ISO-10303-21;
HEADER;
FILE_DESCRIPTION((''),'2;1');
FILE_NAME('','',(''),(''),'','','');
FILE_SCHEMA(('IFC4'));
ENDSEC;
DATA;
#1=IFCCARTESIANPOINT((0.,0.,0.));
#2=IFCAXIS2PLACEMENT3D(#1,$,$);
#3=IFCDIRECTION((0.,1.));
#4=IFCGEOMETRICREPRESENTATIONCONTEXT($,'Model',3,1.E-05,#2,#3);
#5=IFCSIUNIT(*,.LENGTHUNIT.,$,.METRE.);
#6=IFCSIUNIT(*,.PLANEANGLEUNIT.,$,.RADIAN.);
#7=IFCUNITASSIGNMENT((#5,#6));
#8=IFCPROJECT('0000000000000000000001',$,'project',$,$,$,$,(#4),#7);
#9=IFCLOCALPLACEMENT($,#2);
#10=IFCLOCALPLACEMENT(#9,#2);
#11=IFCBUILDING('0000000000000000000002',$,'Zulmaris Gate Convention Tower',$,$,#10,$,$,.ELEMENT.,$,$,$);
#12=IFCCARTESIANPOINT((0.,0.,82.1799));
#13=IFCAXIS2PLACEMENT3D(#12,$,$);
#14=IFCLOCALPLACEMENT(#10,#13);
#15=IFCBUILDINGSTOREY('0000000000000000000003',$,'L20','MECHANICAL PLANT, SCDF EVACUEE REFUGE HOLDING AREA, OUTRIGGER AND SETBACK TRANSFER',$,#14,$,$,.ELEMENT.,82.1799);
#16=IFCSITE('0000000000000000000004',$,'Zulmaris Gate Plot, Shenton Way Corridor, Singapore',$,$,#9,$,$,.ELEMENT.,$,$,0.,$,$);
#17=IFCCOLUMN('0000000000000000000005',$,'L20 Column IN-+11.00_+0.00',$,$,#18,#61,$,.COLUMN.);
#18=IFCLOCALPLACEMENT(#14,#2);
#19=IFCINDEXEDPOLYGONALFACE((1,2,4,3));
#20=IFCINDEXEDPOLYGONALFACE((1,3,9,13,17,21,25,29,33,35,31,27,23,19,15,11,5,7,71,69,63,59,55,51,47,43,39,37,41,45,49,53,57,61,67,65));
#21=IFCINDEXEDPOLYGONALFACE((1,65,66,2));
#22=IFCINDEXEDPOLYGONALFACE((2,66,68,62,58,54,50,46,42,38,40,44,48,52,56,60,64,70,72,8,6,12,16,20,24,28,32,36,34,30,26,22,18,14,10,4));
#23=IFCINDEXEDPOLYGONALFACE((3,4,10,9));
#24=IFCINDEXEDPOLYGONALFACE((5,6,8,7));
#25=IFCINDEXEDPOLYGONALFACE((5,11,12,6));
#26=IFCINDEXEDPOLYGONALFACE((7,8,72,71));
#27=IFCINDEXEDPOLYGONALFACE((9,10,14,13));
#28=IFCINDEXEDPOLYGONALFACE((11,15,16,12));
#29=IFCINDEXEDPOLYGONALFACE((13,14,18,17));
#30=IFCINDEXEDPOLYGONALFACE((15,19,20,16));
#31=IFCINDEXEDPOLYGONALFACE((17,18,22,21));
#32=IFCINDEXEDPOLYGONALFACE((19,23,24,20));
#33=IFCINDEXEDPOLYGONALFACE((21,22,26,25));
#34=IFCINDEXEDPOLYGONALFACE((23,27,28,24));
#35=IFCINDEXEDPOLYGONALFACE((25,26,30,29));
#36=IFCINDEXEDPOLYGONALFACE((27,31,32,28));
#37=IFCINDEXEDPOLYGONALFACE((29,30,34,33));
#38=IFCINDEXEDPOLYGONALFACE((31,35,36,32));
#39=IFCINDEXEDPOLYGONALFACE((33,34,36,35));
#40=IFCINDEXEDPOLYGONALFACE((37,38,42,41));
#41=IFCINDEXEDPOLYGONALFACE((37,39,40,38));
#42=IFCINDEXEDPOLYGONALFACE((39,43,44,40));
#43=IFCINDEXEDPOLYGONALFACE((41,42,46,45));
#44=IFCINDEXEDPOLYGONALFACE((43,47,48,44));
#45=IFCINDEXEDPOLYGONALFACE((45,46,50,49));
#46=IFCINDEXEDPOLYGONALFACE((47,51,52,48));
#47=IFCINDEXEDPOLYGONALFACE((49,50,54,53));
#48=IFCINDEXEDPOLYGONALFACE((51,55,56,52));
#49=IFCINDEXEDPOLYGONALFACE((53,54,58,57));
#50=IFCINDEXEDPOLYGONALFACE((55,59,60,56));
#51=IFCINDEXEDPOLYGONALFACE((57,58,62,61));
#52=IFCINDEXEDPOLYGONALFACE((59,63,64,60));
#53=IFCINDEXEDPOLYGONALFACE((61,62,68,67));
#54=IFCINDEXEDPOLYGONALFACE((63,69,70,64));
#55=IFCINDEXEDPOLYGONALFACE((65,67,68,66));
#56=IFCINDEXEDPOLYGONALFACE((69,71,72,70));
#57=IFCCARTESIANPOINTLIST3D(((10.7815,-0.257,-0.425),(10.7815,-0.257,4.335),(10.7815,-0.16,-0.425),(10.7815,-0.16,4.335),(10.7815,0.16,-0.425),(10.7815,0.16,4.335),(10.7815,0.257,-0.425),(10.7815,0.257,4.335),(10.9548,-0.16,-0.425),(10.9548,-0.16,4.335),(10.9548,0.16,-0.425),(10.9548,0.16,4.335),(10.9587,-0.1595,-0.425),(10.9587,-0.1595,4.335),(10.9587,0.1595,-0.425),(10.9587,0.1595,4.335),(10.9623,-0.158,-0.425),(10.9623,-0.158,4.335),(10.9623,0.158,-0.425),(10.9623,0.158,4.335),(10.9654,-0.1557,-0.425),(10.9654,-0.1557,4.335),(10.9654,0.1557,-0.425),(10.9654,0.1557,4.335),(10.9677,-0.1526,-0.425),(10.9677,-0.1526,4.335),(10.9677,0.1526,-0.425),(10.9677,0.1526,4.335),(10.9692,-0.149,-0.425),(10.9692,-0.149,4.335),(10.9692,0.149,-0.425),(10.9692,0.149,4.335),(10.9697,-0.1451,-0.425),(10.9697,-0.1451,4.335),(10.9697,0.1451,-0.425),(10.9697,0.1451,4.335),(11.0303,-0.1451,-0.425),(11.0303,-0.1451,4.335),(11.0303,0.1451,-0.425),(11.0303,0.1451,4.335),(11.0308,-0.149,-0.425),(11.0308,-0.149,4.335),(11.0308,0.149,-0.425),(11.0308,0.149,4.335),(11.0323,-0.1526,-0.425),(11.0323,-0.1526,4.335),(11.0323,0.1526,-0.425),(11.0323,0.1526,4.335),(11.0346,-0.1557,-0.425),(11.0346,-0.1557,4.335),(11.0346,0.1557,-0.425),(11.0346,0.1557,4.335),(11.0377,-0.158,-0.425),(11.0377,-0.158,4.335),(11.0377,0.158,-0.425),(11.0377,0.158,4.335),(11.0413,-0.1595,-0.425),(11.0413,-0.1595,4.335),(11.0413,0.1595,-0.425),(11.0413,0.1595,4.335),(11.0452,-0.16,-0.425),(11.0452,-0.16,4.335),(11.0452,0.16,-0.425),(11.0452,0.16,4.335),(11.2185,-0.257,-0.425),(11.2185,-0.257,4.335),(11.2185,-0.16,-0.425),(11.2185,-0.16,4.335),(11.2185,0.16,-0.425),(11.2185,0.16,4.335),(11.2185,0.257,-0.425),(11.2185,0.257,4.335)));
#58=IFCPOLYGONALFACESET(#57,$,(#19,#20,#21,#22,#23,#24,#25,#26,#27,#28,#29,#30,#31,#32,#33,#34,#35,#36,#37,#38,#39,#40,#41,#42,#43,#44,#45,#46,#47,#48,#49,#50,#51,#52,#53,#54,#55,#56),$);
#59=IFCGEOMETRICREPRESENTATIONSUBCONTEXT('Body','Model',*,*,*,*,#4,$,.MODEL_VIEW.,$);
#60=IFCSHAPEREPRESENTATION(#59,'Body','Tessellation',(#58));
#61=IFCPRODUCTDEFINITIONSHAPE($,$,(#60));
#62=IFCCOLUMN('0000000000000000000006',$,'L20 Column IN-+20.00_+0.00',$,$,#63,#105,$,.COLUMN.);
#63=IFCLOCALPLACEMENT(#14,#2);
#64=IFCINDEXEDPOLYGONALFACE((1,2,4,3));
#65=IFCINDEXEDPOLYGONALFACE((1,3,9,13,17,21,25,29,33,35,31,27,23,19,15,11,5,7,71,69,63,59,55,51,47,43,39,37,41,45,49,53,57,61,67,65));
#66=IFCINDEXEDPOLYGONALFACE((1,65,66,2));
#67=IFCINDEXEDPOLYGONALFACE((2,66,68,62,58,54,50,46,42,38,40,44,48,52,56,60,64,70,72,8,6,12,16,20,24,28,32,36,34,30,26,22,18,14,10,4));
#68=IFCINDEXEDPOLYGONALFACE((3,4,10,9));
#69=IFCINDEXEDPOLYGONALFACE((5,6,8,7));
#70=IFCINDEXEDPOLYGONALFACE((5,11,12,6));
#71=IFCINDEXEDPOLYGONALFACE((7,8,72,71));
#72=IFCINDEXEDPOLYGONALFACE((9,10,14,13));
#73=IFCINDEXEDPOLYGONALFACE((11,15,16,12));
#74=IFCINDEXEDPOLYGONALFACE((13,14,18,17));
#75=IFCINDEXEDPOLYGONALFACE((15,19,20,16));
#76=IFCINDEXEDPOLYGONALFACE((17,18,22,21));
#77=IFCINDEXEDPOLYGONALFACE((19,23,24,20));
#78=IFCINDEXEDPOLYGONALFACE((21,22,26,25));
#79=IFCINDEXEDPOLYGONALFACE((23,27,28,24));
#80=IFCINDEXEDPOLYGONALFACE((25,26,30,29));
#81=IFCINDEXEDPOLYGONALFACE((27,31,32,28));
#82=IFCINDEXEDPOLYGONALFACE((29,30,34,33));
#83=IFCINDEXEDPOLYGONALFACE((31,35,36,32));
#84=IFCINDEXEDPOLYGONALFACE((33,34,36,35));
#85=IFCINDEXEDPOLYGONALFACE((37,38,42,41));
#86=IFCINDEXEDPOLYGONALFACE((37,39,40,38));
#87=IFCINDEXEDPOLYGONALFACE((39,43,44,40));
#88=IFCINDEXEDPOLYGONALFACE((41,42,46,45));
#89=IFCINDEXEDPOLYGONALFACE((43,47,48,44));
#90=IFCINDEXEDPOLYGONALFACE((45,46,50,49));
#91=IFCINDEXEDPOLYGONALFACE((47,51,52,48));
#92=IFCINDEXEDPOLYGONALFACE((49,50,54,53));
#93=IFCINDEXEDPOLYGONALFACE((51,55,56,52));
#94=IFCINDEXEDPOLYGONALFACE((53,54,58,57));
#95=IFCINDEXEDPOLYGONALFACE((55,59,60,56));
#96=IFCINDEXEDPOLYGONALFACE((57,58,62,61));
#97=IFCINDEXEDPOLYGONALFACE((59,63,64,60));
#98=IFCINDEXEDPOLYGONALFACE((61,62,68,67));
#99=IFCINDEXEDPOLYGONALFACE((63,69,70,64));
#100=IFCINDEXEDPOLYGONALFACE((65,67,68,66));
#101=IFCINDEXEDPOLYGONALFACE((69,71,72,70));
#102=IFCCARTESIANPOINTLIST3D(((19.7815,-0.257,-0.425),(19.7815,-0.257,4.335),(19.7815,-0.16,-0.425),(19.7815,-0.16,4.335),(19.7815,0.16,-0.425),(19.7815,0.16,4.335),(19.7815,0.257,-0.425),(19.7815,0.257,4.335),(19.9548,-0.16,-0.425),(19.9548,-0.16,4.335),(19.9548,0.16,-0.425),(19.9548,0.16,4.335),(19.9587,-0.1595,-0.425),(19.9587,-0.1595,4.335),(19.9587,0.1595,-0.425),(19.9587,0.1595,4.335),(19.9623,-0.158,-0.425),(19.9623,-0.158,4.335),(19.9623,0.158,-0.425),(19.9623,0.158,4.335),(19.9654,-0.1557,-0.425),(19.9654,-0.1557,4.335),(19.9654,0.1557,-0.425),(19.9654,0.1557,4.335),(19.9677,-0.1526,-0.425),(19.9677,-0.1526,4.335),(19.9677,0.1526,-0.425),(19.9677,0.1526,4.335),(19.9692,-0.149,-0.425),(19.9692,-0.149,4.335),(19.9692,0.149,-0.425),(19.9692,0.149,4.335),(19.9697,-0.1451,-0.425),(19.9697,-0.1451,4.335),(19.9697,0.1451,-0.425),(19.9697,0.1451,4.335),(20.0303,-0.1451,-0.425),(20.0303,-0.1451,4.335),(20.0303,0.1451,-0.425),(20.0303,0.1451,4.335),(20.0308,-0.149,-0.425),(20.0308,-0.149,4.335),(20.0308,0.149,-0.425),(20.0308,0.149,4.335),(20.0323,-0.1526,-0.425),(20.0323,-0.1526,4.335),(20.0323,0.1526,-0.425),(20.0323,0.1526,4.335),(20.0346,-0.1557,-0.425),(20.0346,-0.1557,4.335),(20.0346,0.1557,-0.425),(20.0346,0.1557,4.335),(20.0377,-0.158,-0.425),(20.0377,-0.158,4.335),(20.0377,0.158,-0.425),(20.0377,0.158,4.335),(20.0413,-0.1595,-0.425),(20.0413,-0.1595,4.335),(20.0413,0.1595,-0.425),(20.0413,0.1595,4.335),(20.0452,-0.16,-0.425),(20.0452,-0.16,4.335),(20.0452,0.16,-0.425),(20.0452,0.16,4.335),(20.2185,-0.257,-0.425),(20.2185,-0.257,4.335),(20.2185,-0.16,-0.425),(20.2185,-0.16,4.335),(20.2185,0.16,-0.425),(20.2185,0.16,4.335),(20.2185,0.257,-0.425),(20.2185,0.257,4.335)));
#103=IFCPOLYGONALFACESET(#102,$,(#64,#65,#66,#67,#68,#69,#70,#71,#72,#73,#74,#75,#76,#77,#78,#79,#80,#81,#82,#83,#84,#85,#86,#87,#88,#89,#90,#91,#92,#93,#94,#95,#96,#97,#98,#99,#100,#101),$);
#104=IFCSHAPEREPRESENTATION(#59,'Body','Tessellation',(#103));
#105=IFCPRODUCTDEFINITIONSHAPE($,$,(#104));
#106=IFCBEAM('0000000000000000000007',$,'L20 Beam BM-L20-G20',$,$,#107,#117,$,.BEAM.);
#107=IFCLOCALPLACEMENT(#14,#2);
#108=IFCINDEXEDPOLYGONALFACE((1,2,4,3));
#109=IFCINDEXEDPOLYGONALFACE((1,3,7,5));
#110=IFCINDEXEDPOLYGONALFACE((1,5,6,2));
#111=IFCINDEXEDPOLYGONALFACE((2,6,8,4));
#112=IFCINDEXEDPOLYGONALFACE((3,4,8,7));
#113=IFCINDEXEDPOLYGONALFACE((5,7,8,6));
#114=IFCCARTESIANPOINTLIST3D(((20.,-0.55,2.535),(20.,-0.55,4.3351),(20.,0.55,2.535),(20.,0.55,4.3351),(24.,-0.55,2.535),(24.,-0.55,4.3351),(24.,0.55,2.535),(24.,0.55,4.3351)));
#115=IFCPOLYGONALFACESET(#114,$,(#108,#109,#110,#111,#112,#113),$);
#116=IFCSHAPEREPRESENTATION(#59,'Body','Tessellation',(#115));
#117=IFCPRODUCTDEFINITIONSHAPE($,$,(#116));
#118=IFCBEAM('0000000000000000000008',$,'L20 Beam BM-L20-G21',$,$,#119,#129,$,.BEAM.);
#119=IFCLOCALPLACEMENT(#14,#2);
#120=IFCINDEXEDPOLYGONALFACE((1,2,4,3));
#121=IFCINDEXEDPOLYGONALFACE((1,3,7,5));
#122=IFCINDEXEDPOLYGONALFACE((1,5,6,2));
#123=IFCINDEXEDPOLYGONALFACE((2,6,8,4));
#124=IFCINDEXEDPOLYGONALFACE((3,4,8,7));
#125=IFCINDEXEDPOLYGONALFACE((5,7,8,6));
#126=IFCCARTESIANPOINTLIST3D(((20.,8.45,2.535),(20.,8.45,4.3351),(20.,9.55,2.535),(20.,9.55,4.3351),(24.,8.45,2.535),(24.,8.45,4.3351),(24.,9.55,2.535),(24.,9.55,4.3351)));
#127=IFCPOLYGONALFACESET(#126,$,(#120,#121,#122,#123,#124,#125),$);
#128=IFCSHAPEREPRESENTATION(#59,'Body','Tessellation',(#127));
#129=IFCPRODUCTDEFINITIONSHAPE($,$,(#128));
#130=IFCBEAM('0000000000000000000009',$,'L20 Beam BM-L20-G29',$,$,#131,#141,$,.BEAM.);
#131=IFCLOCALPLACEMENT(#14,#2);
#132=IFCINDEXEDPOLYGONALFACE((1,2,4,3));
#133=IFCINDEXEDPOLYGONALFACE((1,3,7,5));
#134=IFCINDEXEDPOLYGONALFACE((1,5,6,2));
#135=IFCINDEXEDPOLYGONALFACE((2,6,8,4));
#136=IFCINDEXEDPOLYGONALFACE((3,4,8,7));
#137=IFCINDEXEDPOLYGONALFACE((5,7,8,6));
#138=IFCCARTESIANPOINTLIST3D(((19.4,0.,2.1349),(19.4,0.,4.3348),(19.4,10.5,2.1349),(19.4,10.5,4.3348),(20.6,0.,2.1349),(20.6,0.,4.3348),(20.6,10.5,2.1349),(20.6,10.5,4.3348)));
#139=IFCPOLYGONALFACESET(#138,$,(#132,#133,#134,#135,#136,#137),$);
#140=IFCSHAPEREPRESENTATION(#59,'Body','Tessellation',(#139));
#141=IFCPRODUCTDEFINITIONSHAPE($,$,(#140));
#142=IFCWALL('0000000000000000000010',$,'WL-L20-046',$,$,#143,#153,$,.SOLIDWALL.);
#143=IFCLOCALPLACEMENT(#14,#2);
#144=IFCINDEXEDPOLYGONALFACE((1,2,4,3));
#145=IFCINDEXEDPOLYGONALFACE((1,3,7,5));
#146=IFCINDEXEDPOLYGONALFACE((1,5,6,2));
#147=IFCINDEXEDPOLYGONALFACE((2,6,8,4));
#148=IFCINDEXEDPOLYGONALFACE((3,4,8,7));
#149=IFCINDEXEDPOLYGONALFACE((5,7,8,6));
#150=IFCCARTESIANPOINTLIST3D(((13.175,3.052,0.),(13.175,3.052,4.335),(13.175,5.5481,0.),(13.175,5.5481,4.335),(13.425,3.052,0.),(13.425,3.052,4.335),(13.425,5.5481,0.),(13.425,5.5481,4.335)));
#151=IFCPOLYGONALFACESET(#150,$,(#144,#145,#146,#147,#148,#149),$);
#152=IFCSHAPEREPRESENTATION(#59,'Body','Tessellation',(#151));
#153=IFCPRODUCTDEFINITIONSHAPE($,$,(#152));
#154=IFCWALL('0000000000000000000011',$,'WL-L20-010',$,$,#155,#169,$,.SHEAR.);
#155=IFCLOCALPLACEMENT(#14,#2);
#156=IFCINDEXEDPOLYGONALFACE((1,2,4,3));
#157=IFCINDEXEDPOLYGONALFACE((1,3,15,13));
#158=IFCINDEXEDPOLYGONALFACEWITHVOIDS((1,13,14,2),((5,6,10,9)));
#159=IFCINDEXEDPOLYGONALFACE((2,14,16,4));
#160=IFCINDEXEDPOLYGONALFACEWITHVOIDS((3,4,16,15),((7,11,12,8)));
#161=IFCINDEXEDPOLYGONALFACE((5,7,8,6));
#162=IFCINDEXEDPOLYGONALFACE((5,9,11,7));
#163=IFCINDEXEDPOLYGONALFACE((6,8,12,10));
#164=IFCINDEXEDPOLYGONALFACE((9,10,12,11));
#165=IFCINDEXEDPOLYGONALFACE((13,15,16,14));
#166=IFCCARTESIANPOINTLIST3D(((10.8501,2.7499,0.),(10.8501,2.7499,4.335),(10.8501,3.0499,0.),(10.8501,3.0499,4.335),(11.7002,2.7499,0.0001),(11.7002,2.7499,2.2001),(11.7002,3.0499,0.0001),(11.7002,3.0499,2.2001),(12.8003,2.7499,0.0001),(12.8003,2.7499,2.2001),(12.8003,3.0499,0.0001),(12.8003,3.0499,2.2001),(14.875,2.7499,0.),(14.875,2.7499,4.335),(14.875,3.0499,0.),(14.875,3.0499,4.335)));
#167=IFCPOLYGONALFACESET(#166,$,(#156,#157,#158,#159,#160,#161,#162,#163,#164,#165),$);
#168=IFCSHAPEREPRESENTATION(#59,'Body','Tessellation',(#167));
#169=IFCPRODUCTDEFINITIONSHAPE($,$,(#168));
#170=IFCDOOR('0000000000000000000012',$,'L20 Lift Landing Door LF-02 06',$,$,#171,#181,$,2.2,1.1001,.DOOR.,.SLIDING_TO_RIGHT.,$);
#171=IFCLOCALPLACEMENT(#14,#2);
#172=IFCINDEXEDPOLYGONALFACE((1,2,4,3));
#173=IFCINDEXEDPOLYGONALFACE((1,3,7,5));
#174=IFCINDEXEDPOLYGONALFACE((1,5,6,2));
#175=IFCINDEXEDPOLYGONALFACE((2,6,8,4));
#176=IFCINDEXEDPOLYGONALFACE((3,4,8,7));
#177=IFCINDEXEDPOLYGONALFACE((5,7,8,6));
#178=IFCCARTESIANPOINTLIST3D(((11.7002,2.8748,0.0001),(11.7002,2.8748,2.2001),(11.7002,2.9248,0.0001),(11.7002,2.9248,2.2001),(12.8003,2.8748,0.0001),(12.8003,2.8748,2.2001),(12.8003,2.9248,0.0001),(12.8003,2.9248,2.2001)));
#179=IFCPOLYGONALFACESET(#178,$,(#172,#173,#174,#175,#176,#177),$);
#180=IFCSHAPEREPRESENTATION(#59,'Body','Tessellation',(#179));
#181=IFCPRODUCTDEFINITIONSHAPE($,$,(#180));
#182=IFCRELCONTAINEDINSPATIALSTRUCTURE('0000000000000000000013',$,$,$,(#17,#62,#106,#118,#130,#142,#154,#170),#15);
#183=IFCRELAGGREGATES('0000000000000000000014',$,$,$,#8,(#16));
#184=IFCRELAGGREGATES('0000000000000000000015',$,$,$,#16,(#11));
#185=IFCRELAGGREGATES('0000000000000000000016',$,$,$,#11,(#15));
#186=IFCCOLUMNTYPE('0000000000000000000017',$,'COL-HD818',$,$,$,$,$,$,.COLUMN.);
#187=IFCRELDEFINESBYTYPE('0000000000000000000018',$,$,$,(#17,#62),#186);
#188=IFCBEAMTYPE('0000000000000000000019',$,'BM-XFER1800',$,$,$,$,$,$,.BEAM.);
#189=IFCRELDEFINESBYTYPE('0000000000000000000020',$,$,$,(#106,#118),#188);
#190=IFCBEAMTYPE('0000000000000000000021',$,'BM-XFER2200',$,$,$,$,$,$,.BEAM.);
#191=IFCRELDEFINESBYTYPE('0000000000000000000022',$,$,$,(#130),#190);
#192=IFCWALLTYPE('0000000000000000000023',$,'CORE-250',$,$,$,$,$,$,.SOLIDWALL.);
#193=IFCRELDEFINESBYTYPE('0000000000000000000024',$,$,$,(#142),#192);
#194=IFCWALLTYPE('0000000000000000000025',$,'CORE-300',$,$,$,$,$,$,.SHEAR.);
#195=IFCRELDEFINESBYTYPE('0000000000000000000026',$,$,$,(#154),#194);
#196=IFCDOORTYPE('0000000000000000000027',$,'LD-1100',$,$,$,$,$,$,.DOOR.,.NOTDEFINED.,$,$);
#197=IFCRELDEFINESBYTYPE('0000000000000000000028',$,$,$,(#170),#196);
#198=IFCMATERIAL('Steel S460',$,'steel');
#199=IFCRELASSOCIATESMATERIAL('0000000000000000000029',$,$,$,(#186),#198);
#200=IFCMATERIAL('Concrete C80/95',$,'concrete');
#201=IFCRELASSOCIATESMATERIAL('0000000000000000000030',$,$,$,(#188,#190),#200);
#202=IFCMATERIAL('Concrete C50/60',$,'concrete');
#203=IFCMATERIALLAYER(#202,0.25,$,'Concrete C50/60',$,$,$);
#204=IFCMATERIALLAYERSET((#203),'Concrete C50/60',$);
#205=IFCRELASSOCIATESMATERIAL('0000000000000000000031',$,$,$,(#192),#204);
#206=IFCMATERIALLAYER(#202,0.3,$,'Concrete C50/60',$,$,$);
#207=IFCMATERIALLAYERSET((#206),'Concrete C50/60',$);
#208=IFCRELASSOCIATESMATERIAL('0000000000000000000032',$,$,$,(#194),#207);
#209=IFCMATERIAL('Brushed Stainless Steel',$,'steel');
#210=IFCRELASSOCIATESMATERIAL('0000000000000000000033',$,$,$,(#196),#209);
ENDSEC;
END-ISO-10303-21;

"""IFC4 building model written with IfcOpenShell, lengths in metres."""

from ifc_helpers import new_model, si_unit, direction, frame, frame_2d, origin, origin_2d, place, context, subcontext, project, spatial, rectangle, i_section, extrude, material, layer, layer_set, material_profile, profile_set, type_object, element, fill, save


model = new_model("IFC4")

# Units and contexts
model_context = context("Model", 3, precision=1e-05, world=origin(), true_north=direction((0.0, 1.0)))
body_context = subcontext(model_context, "Body", "Model", "MODEL_VIEW")
ifc_project = project(units=[si_unit("LENGTHUNIT", "METRE"), si_unit("PLANEANGLEUNIT", "RADIAN")], contexts=[model_context])

# Site, building, storey
site_placement = place(None, origin())
site = spatial("IfcSite", under=ifc_project, at=site_placement, Name="Zulmaris Gate Plot, Shenton Way Corridor, Singapore", CompositionType="ELEMENT", RefElevation=0.0)
building_placement = place(site_placement, origin())
building = spatial("IfcBuilding", under=site, at=building_placement, Name="Zulmaris Gate Convention Tower", CompositionType="ELEMENT")
storey_placement = place(building_placement, frame((0.0, 0.0, 82.1799)))
storey = spatial("IfcBuildingStorey", under=building, at=storey_placement, Name="L20", Description="MECHANICAL PLANT, SCDF EVACUEE REFUGE HOLDING AREA, OUTRIGGER AND SETBACK TRANSFER", CompositionType="ELEMENT", Elevation=82.1799)

# Columns
ifc_material_1 = material(Name="Steel S460", Category="steel")
ifc_material_profile_1 = material_profile(ifc_material_1, i_section(OverallWidth=0.437, OverallDepth=0.5139, WebThickness=0.0605, FlangeThickness=0.0969, FilletRadius=0.0149, at=origin_2d()), Name="HD 400x818")
ifc_profile_set_1 = profile_set([ifc_material_profile_1], Name="Steel S460")
column_type = type_object("IfcColumnType", Name="COL-HD818", PredefinedType="COLUMN", material=ifc_profile_set_1)
for number, where, z_axis, x_axis, name in (
    (1, (11.0, 0.0, -0.425), (0.0, 0.0, 1.0), (1.0, 0.0, 0.0), "L20 Column IN-+11.00_+0.00"),
    (2, (20.0, 0.0, -0.425), (0.0, 0.0, 1.0), (1.0, 0.0, 0.0), "L20 Column IN-+20.00_+0.00"),
):
    element("IfcColumn", number, at=place(storey_placement, frame(where, z_axis=z_axis, x_axis=x_axis)), inside=storey, type_object=column_type, Name=name, PredefinedType="COLUMN", context=body_context, shape_type="SweptSolid", body=[
        extrude(i_section(OverallWidth=0.437, OverallDepth=0.5139, WebThickness=0.0605, FlangeThickness=0.0969, FilletRadius=0.0149, at=origin_2d()), origin(), (0.0, 0.0, 1.0), 4.76),
    ])

# Beams
ifc_material_2 = material(Name="Concrete C80/95", Category="concrete")
ifc_material_profile_2 = material_profile(ifc_material_2, rectangle(XDim=1.1001, YDim=1.8, at=origin_2d()), Name="RC TRANSFER 1100x1800")
ifc_profile_set_2 = profile_set([ifc_material_profile_2], Name="Concrete C80/95")
beam_type_1 = type_object("IfcBeamType", Name="BM-XFER1800", PredefinedType="BEAM", material=ifc_profile_set_2)
for number, where, z_axis, x_axis, name in (
    (3, (20.0, 0.0, 3.4351), (1.0, 0.0, 0.0), (0.0, 1.0, 0.0), "L20 Beam BM-L20-G20"),
    (4, (20.0, 9.0, 3.4351), (1.0, 0.0, 0.0), (0.0, 1.0, 0.0), "L20 Beam BM-L20-G21"),
):
    element("IfcBeam", number, at=place(storey_placement, frame(where, z_axis=z_axis, x_axis=x_axis)), inside=storey, type_object=beam_type_1, Name=name, PredefinedType="BEAM", context=body_context, shape_type="SweptSolid", body=[
        extrude(rectangle(XDim=1.1001, YDim=1.8, at=origin_2d()), origin(), (0.0, 0.0, 1.0), 4.0),
    ])
ifc_material_profile_3 = material_profile(ifc_material_2, rectangle(XDim=1.2, YDim=2.2, at=origin_2d()), Name="RC TRANSFER 1200x2200")
ifc_profile_set_3 = profile_set([ifc_material_profile_3], Name="Concrete C80/95")
beam_type_2 = type_object("IfcBeamType", Name="BM-XFER2200", PredefinedType="BEAM", material=ifc_profile_set_3)
beam_placement = place(storey_placement, frame((20.0, 0.0, 3.2349), z_axis=(0.0, 1.0, 0.0), x_axis=(-1.0, 0.0, 0.0)))
element("IfcBeam", 5, at=beam_placement, inside=storey, type_object=beam_type_2, Name="L20 Beam BM-L20-G29", PredefinedType="BEAM", context=body_context, shape_type="SweptSolid", body=[
    extrude(rectangle(XDim=1.2, YDim=2.2, at=origin_2d()), origin(), (0.0, 0.0, 1.0), 10.5),
])

# Wall
ifc_material_3 = material(Name="Concrete C50/60", Category="concrete")
ifc_layer_1 = layer(ifc_material_3, 0.25, Name="Concrete C50/60")
ifc_layer_set_1 = layer_set([ifc_layer_1], Name="Concrete C50/60")
wall_type_1 = type_object("IfcWallType", Name="CORE-250", PredefinedType="SOLIDWALL", material=ifc_layer_set_1)
wall_1_placement = place(storey_placement, frame((13.3, 3.052, 0.0), z_axis=(0.0, 0.0, 1.0), x_axis=(0.0, 1.0, 0.0)))
element("IfcWall", 6, at=wall_1_placement, inside=storey, type_object=wall_type_1, Name="WL-L20-046", PredefinedType="SOLIDWALL", context=body_context, shape_type="SweptSolid", body=[
    extrude(rectangle(XDim=2.4961, YDim=0.25, at=frame_2d((1.248, 0.0))), origin(), (0.0, 0.0, 1.0), 4.335),
])

# Wall, opening, door
ifc_layer_2 = layer(ifc_material_3, 0.3, Name="Concrete C50/60")
ifc_layer_set_2 = layer_set([ifc_layer_2], Name="Concrete C50/60")
wall_type_2 = type_object("IfcWallType", Name="CORE-300", PredefinedType="SHEAR", material=ifc_layer_set_2)
wall_2_placement = place(storey_placement, frame((10.8501, 2.8999, 0.0), z_axis=(0.0, 0.0, 1.0), x_axis=(1.0, 0.0, 0.0)))
wall_2 = element("IfcWall", 7, at=wall_2_placement, inside=storey, type_object=wall_type_2, Name="WL-L20-010", PredefinedType="SHEAR", context=body_context, shape_type="SweptSolid", body=[
    extrude(rectangle(XDim=4.0249, YDim=0.3, at=frame_2d((2.0125, 0.0))), origin(), (0.0, 0.0, 1.0), 4.335),
])
opening_1_placement = place(wall_2_placement, frame((0.8501, 0.0, 0.0)))
opening_1 = element("IfcOpeningElement", 8, at=opening_1_placement, cuts=wall_2, PredefinedType="OPENING", context=body_context, shape_type="SweptSolid", body=[
    extrude(rectangle(XDim=1.1001, YDim=2.2, at=frame_2d((0.55, 1.1001))), frame((0.0, 0.1602, 0.0), z_axis=(0.0, -1.0, 0.0), x_axis=(1.0, 0.0, 0.0)), (0.0, 0.0, 1.0), 0.3201),
])
ifc_material_4 = material(Name="Brushed Stainless Steel", Category="steel")
door_type_1 = type_object("IfcDoorType", Name="LD-1100", OperationType="NOTDEFINED", PredefinedType="DOOR", material=ifc_material_4)
door_1_placement = place(opening_1_placement, origin())
door_1 = element("IfcDoor", 9, at=door_1_placement, inside=storey, type_object=door_type_1, Name="L20 Lift Landing Door LF-02 06", OperationType="SLIDING_TO_RIGHT", OverallHeight=2.2, OverallWidth=1.1001, PredefinedType="DOOR", context=body_context, shape_type="SweptSolid", body=[
    extrude(rectangle(XDim=1.1001, YDim=2.2, at=frame_2d((0.55, 1.1001))), frame((0.0, 0.0249, 0.0), z_axis=(0.0, -1.0, 0.0), x_axis=(1.0, 0.0, 0.0)), (0.0, 0.0, 1.0), 0.05),
])
fill(opening_1, door_1)

save(model, "model.ifc")
